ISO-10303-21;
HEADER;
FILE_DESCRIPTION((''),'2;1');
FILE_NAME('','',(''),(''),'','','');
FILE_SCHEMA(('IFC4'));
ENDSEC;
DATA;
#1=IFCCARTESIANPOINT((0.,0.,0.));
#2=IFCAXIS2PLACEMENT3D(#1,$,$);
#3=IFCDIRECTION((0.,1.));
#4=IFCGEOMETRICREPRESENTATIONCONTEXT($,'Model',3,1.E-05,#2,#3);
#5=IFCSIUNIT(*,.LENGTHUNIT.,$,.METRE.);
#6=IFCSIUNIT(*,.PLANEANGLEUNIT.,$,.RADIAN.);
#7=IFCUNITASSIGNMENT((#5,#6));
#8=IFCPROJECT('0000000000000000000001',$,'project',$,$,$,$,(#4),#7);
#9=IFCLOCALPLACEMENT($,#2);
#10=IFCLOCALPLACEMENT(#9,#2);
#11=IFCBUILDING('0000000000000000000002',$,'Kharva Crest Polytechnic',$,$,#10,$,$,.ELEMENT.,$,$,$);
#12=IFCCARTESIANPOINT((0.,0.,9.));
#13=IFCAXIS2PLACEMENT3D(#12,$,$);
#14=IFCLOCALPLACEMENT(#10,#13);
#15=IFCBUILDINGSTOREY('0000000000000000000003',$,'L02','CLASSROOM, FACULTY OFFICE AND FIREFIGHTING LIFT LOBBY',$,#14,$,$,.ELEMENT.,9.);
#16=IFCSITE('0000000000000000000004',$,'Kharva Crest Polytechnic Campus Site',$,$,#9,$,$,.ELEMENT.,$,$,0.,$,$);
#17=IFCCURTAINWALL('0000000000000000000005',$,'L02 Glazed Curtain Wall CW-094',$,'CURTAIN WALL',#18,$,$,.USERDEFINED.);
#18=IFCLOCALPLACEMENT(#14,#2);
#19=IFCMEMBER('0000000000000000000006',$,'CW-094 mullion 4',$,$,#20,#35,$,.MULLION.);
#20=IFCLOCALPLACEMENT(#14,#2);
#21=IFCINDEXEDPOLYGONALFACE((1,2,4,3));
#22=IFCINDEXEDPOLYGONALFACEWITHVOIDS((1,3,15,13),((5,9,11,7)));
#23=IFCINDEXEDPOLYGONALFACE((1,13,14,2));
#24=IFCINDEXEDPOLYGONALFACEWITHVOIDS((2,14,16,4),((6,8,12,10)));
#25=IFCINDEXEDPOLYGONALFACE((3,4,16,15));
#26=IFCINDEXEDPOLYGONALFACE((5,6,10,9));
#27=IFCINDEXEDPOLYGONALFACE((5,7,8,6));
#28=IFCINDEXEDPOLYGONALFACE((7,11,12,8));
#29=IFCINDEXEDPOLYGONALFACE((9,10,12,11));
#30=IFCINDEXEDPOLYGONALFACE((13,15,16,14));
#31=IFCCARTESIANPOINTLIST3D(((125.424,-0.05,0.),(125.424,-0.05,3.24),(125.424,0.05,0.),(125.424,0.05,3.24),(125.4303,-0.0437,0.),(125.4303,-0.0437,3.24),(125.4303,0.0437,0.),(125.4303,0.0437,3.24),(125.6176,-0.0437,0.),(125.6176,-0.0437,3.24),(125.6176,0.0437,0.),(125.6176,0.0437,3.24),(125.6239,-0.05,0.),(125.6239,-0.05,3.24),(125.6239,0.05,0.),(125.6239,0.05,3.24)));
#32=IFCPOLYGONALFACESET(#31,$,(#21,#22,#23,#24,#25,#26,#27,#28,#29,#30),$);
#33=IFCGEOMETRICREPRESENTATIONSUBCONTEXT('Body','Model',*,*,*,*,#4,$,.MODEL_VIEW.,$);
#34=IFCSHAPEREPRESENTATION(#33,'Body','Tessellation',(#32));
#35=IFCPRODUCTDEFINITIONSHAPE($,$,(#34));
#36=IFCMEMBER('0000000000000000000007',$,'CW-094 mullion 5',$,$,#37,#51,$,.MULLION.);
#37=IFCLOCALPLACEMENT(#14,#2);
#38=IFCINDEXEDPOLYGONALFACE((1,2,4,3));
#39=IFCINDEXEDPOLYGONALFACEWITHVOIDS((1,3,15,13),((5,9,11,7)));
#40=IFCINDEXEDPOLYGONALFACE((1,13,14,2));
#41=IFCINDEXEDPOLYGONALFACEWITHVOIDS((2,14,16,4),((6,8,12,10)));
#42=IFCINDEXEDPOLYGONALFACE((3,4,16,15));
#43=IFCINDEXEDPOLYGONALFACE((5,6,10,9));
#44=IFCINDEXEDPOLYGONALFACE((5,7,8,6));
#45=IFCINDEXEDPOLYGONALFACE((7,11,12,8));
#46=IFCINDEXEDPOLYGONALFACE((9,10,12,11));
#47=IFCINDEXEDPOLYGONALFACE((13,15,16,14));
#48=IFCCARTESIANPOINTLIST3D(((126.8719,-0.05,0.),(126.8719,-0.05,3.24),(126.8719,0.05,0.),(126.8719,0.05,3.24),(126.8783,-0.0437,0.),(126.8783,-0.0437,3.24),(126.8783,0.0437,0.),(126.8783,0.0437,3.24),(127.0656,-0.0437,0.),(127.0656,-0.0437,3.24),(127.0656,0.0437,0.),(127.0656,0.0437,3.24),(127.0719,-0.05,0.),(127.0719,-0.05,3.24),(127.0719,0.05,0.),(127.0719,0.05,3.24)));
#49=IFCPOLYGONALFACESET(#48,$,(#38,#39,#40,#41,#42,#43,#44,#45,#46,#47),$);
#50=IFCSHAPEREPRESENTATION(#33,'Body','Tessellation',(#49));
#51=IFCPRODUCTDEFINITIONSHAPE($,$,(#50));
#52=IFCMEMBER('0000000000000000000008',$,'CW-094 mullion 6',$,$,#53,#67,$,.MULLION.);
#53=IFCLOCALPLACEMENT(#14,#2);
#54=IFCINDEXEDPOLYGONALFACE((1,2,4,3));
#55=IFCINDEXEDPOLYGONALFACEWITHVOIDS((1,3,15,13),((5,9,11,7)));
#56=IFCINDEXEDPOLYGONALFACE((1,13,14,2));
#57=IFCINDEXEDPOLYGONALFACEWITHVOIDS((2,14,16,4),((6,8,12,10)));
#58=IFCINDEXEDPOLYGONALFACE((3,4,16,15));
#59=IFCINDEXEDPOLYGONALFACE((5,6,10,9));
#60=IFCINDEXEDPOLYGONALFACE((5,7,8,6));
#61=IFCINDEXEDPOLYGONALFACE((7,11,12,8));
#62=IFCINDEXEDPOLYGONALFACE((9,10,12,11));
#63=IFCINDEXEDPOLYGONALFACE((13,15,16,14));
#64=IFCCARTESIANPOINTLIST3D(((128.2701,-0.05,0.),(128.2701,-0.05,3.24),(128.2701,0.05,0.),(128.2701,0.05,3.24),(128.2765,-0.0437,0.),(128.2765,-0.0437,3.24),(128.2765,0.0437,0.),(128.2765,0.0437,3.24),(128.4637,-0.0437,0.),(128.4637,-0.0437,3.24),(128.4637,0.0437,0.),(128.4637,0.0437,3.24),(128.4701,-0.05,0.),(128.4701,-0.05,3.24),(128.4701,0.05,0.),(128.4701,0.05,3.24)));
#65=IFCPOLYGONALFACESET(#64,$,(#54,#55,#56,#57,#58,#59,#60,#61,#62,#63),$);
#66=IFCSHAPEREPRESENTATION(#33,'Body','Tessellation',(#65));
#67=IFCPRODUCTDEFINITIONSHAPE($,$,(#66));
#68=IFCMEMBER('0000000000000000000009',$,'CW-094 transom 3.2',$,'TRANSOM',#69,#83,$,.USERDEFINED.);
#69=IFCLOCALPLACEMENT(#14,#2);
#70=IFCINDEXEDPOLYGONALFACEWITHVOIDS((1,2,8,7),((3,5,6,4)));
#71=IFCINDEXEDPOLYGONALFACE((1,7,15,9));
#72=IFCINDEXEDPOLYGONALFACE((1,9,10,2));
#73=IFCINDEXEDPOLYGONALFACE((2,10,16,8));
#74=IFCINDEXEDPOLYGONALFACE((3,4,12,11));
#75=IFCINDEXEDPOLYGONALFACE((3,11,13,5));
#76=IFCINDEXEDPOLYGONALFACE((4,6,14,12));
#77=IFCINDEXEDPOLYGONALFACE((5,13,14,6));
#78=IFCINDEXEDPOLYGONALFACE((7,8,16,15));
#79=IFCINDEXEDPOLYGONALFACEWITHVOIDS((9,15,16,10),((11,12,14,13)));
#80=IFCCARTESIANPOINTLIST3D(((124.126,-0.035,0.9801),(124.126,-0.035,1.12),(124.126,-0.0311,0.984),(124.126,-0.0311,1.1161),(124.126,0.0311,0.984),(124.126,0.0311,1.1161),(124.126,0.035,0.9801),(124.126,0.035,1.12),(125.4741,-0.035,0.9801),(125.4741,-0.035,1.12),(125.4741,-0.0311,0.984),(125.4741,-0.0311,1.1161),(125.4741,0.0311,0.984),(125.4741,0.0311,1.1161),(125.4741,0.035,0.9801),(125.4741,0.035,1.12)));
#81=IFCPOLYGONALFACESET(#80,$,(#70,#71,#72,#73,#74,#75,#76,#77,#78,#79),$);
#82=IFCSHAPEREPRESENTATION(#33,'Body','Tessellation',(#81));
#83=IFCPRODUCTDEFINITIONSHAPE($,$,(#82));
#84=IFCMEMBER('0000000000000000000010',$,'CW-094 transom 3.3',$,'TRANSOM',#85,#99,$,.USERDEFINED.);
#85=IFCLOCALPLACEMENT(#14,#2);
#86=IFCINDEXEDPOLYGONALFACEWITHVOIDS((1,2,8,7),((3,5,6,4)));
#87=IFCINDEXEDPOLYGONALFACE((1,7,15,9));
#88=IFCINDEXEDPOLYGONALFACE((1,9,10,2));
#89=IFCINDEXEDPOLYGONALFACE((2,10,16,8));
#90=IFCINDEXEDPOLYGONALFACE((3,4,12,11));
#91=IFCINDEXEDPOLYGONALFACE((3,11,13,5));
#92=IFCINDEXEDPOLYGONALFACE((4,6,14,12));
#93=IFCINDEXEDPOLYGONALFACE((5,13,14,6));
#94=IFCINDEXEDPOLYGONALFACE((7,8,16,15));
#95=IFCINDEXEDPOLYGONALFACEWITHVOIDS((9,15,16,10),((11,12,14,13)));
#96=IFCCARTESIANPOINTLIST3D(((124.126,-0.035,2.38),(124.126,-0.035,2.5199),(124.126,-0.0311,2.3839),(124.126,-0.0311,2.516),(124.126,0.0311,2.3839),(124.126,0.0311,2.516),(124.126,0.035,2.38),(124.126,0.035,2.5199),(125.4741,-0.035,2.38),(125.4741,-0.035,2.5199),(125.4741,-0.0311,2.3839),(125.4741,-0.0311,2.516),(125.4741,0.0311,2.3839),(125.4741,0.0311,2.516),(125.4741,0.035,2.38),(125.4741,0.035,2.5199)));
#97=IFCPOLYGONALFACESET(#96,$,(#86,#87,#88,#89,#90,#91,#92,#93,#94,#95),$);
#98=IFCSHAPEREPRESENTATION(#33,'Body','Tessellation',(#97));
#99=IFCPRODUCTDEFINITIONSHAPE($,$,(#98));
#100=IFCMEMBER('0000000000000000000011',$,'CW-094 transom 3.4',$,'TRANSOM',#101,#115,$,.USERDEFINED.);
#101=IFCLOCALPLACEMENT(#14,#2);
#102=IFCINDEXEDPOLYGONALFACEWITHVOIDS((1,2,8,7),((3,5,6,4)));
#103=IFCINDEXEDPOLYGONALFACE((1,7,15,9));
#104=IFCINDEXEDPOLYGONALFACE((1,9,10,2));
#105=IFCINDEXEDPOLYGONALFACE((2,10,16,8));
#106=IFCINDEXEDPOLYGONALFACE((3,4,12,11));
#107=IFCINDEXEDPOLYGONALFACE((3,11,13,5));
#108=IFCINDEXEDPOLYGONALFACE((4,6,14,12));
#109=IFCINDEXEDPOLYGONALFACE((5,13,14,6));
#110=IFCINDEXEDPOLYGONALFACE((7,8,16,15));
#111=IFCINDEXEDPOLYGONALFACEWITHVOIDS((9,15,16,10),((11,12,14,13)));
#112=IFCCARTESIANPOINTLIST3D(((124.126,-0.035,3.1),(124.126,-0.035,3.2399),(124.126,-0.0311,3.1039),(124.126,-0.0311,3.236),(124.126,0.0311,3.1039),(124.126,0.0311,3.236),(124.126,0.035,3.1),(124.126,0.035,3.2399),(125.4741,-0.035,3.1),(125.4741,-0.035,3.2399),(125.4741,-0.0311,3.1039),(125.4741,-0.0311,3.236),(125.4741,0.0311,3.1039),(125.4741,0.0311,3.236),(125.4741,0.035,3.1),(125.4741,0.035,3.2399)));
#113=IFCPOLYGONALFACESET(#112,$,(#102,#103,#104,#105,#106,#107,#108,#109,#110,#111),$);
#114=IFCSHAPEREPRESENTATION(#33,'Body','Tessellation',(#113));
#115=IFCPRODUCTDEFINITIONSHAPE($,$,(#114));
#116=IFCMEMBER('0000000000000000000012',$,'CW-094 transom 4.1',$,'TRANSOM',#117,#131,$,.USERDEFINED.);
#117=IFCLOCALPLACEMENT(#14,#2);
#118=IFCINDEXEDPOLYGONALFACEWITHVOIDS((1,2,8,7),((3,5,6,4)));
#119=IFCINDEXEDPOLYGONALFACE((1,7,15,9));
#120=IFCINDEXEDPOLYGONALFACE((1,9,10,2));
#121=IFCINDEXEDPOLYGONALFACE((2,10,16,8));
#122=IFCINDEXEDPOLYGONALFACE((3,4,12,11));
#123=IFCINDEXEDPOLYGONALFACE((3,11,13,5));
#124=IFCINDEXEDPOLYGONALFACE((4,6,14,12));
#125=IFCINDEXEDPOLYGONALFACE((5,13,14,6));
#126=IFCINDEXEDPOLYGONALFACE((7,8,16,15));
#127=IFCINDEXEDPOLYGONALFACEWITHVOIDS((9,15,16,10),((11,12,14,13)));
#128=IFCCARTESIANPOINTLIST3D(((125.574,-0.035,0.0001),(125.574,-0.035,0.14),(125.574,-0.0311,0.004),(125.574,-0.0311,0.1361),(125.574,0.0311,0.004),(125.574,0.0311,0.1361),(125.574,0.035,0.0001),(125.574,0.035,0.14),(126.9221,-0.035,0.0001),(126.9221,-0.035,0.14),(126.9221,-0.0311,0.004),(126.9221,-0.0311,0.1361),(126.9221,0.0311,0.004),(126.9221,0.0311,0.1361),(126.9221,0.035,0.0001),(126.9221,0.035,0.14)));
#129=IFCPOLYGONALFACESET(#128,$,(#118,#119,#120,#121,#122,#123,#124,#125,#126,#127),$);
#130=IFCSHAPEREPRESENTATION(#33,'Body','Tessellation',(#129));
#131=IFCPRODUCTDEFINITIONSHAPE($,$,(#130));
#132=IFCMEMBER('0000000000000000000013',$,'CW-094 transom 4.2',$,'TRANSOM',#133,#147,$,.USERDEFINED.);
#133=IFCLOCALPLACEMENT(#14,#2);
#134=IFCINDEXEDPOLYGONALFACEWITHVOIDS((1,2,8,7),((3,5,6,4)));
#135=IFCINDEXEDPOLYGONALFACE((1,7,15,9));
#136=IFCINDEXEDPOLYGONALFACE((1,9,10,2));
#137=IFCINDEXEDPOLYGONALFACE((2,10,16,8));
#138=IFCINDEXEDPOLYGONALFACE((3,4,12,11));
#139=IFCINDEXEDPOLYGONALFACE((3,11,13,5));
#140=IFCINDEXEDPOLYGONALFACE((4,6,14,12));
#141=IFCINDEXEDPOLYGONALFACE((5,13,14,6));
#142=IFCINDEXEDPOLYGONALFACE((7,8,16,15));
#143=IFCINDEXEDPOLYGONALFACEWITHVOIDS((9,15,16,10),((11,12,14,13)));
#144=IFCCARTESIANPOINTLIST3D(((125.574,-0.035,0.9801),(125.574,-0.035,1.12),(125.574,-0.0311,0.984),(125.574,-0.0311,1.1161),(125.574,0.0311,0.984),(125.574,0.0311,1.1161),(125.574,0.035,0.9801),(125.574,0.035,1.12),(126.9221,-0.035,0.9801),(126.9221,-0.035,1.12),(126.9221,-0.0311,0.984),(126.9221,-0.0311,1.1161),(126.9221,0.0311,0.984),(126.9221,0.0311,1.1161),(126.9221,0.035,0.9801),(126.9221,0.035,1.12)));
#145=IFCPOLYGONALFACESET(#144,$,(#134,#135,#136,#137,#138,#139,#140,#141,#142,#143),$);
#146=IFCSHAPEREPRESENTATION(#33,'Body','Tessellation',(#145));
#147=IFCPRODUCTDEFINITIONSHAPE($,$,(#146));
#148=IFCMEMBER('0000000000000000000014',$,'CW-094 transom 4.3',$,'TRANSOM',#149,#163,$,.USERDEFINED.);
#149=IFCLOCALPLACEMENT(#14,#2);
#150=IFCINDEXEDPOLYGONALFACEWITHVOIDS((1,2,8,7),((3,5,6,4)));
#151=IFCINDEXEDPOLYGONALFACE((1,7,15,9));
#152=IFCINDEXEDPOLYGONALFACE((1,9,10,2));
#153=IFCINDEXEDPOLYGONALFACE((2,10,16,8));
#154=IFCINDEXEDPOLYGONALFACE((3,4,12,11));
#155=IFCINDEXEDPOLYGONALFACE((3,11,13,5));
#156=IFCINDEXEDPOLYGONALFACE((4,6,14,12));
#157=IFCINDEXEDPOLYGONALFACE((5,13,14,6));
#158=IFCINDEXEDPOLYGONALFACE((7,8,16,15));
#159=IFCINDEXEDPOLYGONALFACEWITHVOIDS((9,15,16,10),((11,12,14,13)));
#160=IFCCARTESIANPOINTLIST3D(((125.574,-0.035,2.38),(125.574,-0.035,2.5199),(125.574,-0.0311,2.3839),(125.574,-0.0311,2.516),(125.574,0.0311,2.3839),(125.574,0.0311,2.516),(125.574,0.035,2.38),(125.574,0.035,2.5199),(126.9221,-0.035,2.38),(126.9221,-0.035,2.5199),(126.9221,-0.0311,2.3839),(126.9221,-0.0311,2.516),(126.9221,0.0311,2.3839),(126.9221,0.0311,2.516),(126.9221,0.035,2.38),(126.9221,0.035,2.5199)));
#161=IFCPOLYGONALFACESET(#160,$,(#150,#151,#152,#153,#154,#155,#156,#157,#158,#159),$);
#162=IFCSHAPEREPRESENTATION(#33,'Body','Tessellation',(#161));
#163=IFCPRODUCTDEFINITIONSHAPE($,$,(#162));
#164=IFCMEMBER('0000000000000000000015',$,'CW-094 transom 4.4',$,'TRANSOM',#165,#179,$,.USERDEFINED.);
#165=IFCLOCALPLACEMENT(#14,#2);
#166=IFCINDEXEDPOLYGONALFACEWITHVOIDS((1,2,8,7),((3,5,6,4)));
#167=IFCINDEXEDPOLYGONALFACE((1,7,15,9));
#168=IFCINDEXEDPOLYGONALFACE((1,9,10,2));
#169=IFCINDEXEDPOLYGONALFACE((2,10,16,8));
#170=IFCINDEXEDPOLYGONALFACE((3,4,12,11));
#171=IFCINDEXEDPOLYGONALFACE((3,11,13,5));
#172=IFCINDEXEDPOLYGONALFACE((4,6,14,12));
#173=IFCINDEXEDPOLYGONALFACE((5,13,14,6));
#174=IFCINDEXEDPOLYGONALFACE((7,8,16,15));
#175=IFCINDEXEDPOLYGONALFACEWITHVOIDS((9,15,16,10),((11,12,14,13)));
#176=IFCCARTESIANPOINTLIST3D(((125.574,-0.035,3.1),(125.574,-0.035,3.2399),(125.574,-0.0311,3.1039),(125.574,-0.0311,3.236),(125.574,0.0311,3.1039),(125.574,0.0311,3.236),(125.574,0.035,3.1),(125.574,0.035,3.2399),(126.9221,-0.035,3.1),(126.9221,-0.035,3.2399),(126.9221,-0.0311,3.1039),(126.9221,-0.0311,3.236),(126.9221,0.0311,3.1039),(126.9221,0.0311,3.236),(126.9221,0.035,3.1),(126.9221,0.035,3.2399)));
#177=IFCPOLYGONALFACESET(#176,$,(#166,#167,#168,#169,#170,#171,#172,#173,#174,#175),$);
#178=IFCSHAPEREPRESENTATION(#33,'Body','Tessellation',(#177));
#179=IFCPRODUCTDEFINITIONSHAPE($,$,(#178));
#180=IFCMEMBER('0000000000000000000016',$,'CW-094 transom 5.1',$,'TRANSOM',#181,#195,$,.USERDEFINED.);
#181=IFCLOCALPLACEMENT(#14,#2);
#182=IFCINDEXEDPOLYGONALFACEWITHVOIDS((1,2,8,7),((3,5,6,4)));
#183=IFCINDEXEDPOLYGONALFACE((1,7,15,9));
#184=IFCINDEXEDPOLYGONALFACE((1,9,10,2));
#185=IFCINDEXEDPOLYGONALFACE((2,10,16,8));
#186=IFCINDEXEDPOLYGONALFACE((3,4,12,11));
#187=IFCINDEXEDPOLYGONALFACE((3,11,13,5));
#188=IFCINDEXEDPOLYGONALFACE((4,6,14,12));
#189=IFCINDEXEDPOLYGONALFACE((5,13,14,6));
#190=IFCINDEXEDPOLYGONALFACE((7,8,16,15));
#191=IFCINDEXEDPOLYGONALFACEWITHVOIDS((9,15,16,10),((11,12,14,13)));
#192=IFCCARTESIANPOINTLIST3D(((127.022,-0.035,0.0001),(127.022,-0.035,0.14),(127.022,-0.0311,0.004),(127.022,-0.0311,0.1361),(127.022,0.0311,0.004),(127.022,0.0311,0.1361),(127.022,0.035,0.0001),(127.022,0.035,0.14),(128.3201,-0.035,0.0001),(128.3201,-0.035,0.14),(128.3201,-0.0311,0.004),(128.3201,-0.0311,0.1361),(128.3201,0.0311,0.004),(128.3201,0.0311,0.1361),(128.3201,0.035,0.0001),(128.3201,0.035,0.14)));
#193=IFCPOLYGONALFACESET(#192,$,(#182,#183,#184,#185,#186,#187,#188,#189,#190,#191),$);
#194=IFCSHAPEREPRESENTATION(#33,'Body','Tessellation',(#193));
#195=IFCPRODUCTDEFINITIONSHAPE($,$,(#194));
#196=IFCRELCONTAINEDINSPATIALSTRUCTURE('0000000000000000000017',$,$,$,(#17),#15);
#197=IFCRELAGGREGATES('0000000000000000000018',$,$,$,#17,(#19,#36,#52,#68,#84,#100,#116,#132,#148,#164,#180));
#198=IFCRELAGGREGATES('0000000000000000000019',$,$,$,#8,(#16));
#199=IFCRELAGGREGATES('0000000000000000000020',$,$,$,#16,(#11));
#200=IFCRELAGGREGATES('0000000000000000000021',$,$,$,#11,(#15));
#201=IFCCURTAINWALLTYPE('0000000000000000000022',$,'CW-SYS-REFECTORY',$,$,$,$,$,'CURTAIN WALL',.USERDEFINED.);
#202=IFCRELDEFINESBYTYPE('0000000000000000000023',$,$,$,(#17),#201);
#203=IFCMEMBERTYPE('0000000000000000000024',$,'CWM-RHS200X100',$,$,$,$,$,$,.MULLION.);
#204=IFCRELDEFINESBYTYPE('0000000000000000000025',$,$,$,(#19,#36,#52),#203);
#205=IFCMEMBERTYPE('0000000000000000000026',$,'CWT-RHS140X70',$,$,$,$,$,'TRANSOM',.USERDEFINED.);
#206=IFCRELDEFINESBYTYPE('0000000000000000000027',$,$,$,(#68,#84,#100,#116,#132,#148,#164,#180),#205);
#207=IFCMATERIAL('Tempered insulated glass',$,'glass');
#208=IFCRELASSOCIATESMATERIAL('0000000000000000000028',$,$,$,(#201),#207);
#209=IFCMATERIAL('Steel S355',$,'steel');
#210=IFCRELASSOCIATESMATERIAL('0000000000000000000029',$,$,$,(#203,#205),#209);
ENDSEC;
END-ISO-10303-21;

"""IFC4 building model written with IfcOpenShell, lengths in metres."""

from ifc_helpers import new_model, si_unit, direction, frame, origin, origin_2d, place, context, subcontext, project, spatial, hollow_rectangle, extrude, material, material_profile, profile_set, type_object, element, aggregate, save


model = new_model("IFC4")

# Units and contexts
model_context = context("Model", 3, precision=1e-05, world=origin(), true_north=direction((0.0, 1.0)))
body_context = subcontext(model_context, "Body", "Model", "MODEL_VIEW")
ifc_project = project(units=[si_unit("LENGTHUNIT", "METRE"), si_unit("PLANEANGLEUNIT", "RADIAN")], contexts=[model_context])

# Site, building, storey
site_placement = place(None, origin())
site = spatial("IfcSite", under=ifc_project, at=site_placement, Name="Kharva Crest Polytechnic Campus Site", CompositionType="ELEMENT", RefElevation=0.0)
building_placement = place(site_placement, origin())
building = spatial("IfcBuilding", under=site, at=building_placement, Name="Kharva Crest Polytechnic", CompositionType="ELEMENT")
storey_placement = place(building_placement, frame((0.0, 0.0, 9.0)))
storey = spatial("IfcBuildingStorey", under=building, at=storey_placement, Name="L02", Description="CLASSROOM, FACULTY OFFICE AND FIREFIGHTING LIFT LOBBY", CompositionType="ELEMENT", Elevation=9.0)

# Shared definitions
ifc_material_1 = material(Name="Steel S355", Category="steel")

# Curtain wall, members
ifc_material_2 = material(Name="Tempered insulated glass", Category="glass")
curtain_wall_type = type_object("IfcCurtainWallType", Name="CW-SYS-REFECTORY", ElementType="CURTAIN WALL", PredefinedType="USERDEFINED", material=ifc_material_2)
curtain_wall_placement = place(storey_placement, origin())
curtain_wall = element("IfcCurtainWall", 1, at=curtain_wall_placement, inside=storey, type_object=curtain_wall_type, Name="L02 Glazed Curtain Wall CW-094", ObjectType="CURTAIN WALL", PredefinedType="USERDEFINED")
ifc_material_profile_1 = material_profile(ifc_material_1, hollow_rectangle(XDim=0.1001, YDim=0.2, WallThickness=0.0063, at=origin_2d()), Name="RHS 200X100X6.3")
ifc_profile_set_1 = profile_set([ifc_material_profile_1], Name="Steel S355")
member_type_1 = type_object("IfcMemberType", Name="CWM-RHS200X100", PredefinedType="MULLION", material=ifc_profile_set_1)
member_1_placement = place(storey_placement, frame((125.5239, 0.0, 0.0), z_axis=(0.0, 0.0, 1.0), x_axis=(0.0, 1.0, 0.0)))
member_1 = element("IfcMember", 2, at=member_1_placement, type_object=member_type_1, Name="CW-094 mullion 4", PredefinedType="MULLION", context=body_context, shape_type="SweptSolid", body=[
    extrude(hollow_rectangle(XDim=0.1001, YDim=0.2, WallThickness=0.0063, at=origin_2d()), origin(), (0.0, 0.0, 1.0), 3.24),
])
member_2_placement = place(storey_placement, frame((126.9719, 0.0, 0.0), z_axis=(0.0, 0.0, 1.0), x_axis=(0.0, 1.0, 0.0)))
member_2 = element("IfcMember", 3, at=member_2_placement, type_object=member_type_1, Name="CW-094 mullion 5", PredefinedType="MULLION", context=body_context, shape_type="SweptSolid", body=[
    extrude(hollow_rectangle(XDim=0.1001, YDim=0.2, WallThickness=0.0063, at=origin_2d()), origin(), (0.0, 0.0, 1.0), 3.24),
])
member_3_placement = place(storey_placement, frame((128.3701, 0.0, 0.0), z_axis=(0.0, 0.0, 1.0), x_axis=(0.0, 1.0, 0.0)))
member_3 = element("IfcMember", 4, at=member_3_placement, type_object=member_type_1, Name="CW-094 mullion 6", PredefinedType="MULLION", context=body_context, shape_type="SweptSolid", body=[
    extrude(hollow_rectangle(XDim=0.1001, YDim=0.2, WallThickness=0.0063, at=origin_2d()), origin(), (0.0, 0.0, 1.0), 3.24),
])
ifc_material_profile_2 = material_profile(ifc_material_1, hollow_rectangle(XDim=0.0701, YDim=0.1399, WallThickness=0.0039, at=origin_2d()), Name="RHS 140X70X4.0")
ifc_profile_set_2 = profile_set([ifc_material_profile_2], Name="Steel S355")
member_type_2 = type_object("IfcMemberType", Name="CWT-RHS140X70", ElementType="TRANSOM", PredefinedType="USERDEFINED", material=ifc_profile_set_2)
member_4_placement = place(storey_placement, frame((124.126, 0.0, 1.05), z_axis=(1.0, 0.0, 0.0), x_axis=(0.0, 1.0, 0.0)))
member_4 = element("IfcMember", 5, at=member_4_placement, type_object=member_type_2, Name="CW-094 transom 3.2", ObjectType="TRANSOM", PredefinedType="USERDEFINED", context=body_context, shape_type="SweptSolid", body=[
    extrude(hollow_rectangle(XDim=0.0701, YDim=0.1399, WallThickness=0.0039, at=origin_2d()), origin(), (0.0, 0.0, 1.0), 1.3481),
])
member_5_placement = place(storey_placement, frame((124.126, 0.0, 2.45), z_axis=(1.0, 0.0, 0.0), x_axis=(0.0, 1.0, 0.0)))
member_5 = element("IfcMember", 6, at=member_5_placement, type_object=member_type_2, Name="CW-094 transom 3.3", ObjectType="TRANSOM", PredefinedType="USERDEFINED", context=body_context, shape_type="SweptSolid", body=[
    extrude(hollow_rectangle(XDim=0.0701, YDim=0.1399, WallThickness=0.0039, at=origin_2d()), origin(), (0.0, 0.0, 1.0), 1.3481),
])
member_6_placement = place(storey_placement, frame((124.126, 0.0, 3.1699), z_axis=(1.0, 0.0, 0.0), x_axis=(0.0, 1.0, 0.0)))
member_6 = element("IfcMember", 7, at=member_6_placement, type_object=member_type_2, Name="CW-094 transom 3.4", ObjectType="TRANSOM", PredefinedType="USERDEFINED", context=body_context, shape_type="SweptSolid", body=[
    extrude(hollow_rectangle(XDim=0.0701, YDim=0.1399, WallThickness=0.0039, at=origin_2d()), origin(), (0.0, 0.0, 1.0), 1.3481),
])
member_7_placement = place(storey_placement, frame((125.574, 0.0, 0.0701), z_axis=(1.0, 0.0, 0.0), x_axis=(0.0, 1.0, 0.0)))
member_7 = element("IfcMember", 8, at=member_7_placement, type_object=member_type_2, Name="CW-094 transom 4.1", ObjectType="TRANSOM", PredefinedType="USERDEFINED", context=body_context, shape_type="SweptSolid", body=[
    extrude(hollow_rectangle(XDim=0.0701, YDim=0.1399, WallThickness=0.0039, at=origin_2d()), origin(), (0.0, 0.0, 1.0), 1.3481),
])
member_8_placement = place(storey_placement, frame((125.574, 0.0, 1.05), z_axis=(1.0, 0.0, 0.0), x_axis=(0.0, 1.0, 0.0)))
member_8 = element("IfcMember", 9, at=member_8_placement, type_object=member_type_2, Name="CW-094 transom 4.2", ObjectType="TRANSOM", PredefinedType="USERDEFINED", context=body_context, shape_type="SweptSolid", body=[
    extrude(hollow_rectangle(XDim=0.0701, YDim=0.1399, WallThickness=0.0039, at=origin_2d()), origin(), (0.0, 0.0, 1.0), 1.3481),
])
member_9_placement = place(storey_placement, frame((125.574, 0.0, 2.45), z_axis=(1.0, 0.0, 0.0), x_axis=(0.0, 1.0, 0.0)))
member_9 = element("IfcMember", 10, at=member_9_placement, type_object=member_type_2, Name="CW-094 transom 4.3", ObjectType="TRANSOM", PredefinedType="USERDEFINED", context=body_context, shape_type="SweptSolid", body=[
    extrude(hollow_rectangle(XDim=0.0701, YDim=0.1399, WallThickness=0.0039, at=origin_2d()), origin(), (0.0, 0.0, 1.0), 1.3481),
])
member_10_placement = place(storey_placement, frame((125.574, 0.0, 3.1699), z_axis=(1.0, 0.0, 0.0), x_axis=(0.0, 1.0, 0.0)))
member_10 = element("IfcMember", 11, at=member_10_placement, type_object=member_type_2, Name="CW-094 transom 4.4", ObjectType="TRANSOM", PredefinedType="USERDEFINED", context=body_context, shape_type="SweptSolid", body=[
    extrude(hollow_rectangle(XDim=0.0701, YDim=0.1399, WallThickness=0.0039, at=origin_2d()), origin(), (0.0, 0.0, 1.0), 1.3481),
])
member_11_placement = place(storey_placement, frame((127.022, 0.0, 0.0701), z_axis=(1.0, 0.0, 0.0), x_axis=(0.0, 1.0, 0.0)))
member_11 = element("IfcMember", 12, at=member_11_placement, type_object=member_type_2, Name="CW-094 transom 5.1", ObjectType="TRANSOM", PredefinedType="USERDEFINED", context=body_context, shape_type="SweptSolid", body=[
    extrude(hollow_rectangle(XDim=0.0701, YDim=0.1399, WallThickness=0.0039, at=origin_2d()), origin(), (0.0, 0.0, 1.0), 1.2981),
])
aggregate(curtain_wall, [member_1, member_2, member_3, member_4, member_5, member_6, member_7, member_8, member_9, member_10, member_11])

save(model, "model.ifc")
